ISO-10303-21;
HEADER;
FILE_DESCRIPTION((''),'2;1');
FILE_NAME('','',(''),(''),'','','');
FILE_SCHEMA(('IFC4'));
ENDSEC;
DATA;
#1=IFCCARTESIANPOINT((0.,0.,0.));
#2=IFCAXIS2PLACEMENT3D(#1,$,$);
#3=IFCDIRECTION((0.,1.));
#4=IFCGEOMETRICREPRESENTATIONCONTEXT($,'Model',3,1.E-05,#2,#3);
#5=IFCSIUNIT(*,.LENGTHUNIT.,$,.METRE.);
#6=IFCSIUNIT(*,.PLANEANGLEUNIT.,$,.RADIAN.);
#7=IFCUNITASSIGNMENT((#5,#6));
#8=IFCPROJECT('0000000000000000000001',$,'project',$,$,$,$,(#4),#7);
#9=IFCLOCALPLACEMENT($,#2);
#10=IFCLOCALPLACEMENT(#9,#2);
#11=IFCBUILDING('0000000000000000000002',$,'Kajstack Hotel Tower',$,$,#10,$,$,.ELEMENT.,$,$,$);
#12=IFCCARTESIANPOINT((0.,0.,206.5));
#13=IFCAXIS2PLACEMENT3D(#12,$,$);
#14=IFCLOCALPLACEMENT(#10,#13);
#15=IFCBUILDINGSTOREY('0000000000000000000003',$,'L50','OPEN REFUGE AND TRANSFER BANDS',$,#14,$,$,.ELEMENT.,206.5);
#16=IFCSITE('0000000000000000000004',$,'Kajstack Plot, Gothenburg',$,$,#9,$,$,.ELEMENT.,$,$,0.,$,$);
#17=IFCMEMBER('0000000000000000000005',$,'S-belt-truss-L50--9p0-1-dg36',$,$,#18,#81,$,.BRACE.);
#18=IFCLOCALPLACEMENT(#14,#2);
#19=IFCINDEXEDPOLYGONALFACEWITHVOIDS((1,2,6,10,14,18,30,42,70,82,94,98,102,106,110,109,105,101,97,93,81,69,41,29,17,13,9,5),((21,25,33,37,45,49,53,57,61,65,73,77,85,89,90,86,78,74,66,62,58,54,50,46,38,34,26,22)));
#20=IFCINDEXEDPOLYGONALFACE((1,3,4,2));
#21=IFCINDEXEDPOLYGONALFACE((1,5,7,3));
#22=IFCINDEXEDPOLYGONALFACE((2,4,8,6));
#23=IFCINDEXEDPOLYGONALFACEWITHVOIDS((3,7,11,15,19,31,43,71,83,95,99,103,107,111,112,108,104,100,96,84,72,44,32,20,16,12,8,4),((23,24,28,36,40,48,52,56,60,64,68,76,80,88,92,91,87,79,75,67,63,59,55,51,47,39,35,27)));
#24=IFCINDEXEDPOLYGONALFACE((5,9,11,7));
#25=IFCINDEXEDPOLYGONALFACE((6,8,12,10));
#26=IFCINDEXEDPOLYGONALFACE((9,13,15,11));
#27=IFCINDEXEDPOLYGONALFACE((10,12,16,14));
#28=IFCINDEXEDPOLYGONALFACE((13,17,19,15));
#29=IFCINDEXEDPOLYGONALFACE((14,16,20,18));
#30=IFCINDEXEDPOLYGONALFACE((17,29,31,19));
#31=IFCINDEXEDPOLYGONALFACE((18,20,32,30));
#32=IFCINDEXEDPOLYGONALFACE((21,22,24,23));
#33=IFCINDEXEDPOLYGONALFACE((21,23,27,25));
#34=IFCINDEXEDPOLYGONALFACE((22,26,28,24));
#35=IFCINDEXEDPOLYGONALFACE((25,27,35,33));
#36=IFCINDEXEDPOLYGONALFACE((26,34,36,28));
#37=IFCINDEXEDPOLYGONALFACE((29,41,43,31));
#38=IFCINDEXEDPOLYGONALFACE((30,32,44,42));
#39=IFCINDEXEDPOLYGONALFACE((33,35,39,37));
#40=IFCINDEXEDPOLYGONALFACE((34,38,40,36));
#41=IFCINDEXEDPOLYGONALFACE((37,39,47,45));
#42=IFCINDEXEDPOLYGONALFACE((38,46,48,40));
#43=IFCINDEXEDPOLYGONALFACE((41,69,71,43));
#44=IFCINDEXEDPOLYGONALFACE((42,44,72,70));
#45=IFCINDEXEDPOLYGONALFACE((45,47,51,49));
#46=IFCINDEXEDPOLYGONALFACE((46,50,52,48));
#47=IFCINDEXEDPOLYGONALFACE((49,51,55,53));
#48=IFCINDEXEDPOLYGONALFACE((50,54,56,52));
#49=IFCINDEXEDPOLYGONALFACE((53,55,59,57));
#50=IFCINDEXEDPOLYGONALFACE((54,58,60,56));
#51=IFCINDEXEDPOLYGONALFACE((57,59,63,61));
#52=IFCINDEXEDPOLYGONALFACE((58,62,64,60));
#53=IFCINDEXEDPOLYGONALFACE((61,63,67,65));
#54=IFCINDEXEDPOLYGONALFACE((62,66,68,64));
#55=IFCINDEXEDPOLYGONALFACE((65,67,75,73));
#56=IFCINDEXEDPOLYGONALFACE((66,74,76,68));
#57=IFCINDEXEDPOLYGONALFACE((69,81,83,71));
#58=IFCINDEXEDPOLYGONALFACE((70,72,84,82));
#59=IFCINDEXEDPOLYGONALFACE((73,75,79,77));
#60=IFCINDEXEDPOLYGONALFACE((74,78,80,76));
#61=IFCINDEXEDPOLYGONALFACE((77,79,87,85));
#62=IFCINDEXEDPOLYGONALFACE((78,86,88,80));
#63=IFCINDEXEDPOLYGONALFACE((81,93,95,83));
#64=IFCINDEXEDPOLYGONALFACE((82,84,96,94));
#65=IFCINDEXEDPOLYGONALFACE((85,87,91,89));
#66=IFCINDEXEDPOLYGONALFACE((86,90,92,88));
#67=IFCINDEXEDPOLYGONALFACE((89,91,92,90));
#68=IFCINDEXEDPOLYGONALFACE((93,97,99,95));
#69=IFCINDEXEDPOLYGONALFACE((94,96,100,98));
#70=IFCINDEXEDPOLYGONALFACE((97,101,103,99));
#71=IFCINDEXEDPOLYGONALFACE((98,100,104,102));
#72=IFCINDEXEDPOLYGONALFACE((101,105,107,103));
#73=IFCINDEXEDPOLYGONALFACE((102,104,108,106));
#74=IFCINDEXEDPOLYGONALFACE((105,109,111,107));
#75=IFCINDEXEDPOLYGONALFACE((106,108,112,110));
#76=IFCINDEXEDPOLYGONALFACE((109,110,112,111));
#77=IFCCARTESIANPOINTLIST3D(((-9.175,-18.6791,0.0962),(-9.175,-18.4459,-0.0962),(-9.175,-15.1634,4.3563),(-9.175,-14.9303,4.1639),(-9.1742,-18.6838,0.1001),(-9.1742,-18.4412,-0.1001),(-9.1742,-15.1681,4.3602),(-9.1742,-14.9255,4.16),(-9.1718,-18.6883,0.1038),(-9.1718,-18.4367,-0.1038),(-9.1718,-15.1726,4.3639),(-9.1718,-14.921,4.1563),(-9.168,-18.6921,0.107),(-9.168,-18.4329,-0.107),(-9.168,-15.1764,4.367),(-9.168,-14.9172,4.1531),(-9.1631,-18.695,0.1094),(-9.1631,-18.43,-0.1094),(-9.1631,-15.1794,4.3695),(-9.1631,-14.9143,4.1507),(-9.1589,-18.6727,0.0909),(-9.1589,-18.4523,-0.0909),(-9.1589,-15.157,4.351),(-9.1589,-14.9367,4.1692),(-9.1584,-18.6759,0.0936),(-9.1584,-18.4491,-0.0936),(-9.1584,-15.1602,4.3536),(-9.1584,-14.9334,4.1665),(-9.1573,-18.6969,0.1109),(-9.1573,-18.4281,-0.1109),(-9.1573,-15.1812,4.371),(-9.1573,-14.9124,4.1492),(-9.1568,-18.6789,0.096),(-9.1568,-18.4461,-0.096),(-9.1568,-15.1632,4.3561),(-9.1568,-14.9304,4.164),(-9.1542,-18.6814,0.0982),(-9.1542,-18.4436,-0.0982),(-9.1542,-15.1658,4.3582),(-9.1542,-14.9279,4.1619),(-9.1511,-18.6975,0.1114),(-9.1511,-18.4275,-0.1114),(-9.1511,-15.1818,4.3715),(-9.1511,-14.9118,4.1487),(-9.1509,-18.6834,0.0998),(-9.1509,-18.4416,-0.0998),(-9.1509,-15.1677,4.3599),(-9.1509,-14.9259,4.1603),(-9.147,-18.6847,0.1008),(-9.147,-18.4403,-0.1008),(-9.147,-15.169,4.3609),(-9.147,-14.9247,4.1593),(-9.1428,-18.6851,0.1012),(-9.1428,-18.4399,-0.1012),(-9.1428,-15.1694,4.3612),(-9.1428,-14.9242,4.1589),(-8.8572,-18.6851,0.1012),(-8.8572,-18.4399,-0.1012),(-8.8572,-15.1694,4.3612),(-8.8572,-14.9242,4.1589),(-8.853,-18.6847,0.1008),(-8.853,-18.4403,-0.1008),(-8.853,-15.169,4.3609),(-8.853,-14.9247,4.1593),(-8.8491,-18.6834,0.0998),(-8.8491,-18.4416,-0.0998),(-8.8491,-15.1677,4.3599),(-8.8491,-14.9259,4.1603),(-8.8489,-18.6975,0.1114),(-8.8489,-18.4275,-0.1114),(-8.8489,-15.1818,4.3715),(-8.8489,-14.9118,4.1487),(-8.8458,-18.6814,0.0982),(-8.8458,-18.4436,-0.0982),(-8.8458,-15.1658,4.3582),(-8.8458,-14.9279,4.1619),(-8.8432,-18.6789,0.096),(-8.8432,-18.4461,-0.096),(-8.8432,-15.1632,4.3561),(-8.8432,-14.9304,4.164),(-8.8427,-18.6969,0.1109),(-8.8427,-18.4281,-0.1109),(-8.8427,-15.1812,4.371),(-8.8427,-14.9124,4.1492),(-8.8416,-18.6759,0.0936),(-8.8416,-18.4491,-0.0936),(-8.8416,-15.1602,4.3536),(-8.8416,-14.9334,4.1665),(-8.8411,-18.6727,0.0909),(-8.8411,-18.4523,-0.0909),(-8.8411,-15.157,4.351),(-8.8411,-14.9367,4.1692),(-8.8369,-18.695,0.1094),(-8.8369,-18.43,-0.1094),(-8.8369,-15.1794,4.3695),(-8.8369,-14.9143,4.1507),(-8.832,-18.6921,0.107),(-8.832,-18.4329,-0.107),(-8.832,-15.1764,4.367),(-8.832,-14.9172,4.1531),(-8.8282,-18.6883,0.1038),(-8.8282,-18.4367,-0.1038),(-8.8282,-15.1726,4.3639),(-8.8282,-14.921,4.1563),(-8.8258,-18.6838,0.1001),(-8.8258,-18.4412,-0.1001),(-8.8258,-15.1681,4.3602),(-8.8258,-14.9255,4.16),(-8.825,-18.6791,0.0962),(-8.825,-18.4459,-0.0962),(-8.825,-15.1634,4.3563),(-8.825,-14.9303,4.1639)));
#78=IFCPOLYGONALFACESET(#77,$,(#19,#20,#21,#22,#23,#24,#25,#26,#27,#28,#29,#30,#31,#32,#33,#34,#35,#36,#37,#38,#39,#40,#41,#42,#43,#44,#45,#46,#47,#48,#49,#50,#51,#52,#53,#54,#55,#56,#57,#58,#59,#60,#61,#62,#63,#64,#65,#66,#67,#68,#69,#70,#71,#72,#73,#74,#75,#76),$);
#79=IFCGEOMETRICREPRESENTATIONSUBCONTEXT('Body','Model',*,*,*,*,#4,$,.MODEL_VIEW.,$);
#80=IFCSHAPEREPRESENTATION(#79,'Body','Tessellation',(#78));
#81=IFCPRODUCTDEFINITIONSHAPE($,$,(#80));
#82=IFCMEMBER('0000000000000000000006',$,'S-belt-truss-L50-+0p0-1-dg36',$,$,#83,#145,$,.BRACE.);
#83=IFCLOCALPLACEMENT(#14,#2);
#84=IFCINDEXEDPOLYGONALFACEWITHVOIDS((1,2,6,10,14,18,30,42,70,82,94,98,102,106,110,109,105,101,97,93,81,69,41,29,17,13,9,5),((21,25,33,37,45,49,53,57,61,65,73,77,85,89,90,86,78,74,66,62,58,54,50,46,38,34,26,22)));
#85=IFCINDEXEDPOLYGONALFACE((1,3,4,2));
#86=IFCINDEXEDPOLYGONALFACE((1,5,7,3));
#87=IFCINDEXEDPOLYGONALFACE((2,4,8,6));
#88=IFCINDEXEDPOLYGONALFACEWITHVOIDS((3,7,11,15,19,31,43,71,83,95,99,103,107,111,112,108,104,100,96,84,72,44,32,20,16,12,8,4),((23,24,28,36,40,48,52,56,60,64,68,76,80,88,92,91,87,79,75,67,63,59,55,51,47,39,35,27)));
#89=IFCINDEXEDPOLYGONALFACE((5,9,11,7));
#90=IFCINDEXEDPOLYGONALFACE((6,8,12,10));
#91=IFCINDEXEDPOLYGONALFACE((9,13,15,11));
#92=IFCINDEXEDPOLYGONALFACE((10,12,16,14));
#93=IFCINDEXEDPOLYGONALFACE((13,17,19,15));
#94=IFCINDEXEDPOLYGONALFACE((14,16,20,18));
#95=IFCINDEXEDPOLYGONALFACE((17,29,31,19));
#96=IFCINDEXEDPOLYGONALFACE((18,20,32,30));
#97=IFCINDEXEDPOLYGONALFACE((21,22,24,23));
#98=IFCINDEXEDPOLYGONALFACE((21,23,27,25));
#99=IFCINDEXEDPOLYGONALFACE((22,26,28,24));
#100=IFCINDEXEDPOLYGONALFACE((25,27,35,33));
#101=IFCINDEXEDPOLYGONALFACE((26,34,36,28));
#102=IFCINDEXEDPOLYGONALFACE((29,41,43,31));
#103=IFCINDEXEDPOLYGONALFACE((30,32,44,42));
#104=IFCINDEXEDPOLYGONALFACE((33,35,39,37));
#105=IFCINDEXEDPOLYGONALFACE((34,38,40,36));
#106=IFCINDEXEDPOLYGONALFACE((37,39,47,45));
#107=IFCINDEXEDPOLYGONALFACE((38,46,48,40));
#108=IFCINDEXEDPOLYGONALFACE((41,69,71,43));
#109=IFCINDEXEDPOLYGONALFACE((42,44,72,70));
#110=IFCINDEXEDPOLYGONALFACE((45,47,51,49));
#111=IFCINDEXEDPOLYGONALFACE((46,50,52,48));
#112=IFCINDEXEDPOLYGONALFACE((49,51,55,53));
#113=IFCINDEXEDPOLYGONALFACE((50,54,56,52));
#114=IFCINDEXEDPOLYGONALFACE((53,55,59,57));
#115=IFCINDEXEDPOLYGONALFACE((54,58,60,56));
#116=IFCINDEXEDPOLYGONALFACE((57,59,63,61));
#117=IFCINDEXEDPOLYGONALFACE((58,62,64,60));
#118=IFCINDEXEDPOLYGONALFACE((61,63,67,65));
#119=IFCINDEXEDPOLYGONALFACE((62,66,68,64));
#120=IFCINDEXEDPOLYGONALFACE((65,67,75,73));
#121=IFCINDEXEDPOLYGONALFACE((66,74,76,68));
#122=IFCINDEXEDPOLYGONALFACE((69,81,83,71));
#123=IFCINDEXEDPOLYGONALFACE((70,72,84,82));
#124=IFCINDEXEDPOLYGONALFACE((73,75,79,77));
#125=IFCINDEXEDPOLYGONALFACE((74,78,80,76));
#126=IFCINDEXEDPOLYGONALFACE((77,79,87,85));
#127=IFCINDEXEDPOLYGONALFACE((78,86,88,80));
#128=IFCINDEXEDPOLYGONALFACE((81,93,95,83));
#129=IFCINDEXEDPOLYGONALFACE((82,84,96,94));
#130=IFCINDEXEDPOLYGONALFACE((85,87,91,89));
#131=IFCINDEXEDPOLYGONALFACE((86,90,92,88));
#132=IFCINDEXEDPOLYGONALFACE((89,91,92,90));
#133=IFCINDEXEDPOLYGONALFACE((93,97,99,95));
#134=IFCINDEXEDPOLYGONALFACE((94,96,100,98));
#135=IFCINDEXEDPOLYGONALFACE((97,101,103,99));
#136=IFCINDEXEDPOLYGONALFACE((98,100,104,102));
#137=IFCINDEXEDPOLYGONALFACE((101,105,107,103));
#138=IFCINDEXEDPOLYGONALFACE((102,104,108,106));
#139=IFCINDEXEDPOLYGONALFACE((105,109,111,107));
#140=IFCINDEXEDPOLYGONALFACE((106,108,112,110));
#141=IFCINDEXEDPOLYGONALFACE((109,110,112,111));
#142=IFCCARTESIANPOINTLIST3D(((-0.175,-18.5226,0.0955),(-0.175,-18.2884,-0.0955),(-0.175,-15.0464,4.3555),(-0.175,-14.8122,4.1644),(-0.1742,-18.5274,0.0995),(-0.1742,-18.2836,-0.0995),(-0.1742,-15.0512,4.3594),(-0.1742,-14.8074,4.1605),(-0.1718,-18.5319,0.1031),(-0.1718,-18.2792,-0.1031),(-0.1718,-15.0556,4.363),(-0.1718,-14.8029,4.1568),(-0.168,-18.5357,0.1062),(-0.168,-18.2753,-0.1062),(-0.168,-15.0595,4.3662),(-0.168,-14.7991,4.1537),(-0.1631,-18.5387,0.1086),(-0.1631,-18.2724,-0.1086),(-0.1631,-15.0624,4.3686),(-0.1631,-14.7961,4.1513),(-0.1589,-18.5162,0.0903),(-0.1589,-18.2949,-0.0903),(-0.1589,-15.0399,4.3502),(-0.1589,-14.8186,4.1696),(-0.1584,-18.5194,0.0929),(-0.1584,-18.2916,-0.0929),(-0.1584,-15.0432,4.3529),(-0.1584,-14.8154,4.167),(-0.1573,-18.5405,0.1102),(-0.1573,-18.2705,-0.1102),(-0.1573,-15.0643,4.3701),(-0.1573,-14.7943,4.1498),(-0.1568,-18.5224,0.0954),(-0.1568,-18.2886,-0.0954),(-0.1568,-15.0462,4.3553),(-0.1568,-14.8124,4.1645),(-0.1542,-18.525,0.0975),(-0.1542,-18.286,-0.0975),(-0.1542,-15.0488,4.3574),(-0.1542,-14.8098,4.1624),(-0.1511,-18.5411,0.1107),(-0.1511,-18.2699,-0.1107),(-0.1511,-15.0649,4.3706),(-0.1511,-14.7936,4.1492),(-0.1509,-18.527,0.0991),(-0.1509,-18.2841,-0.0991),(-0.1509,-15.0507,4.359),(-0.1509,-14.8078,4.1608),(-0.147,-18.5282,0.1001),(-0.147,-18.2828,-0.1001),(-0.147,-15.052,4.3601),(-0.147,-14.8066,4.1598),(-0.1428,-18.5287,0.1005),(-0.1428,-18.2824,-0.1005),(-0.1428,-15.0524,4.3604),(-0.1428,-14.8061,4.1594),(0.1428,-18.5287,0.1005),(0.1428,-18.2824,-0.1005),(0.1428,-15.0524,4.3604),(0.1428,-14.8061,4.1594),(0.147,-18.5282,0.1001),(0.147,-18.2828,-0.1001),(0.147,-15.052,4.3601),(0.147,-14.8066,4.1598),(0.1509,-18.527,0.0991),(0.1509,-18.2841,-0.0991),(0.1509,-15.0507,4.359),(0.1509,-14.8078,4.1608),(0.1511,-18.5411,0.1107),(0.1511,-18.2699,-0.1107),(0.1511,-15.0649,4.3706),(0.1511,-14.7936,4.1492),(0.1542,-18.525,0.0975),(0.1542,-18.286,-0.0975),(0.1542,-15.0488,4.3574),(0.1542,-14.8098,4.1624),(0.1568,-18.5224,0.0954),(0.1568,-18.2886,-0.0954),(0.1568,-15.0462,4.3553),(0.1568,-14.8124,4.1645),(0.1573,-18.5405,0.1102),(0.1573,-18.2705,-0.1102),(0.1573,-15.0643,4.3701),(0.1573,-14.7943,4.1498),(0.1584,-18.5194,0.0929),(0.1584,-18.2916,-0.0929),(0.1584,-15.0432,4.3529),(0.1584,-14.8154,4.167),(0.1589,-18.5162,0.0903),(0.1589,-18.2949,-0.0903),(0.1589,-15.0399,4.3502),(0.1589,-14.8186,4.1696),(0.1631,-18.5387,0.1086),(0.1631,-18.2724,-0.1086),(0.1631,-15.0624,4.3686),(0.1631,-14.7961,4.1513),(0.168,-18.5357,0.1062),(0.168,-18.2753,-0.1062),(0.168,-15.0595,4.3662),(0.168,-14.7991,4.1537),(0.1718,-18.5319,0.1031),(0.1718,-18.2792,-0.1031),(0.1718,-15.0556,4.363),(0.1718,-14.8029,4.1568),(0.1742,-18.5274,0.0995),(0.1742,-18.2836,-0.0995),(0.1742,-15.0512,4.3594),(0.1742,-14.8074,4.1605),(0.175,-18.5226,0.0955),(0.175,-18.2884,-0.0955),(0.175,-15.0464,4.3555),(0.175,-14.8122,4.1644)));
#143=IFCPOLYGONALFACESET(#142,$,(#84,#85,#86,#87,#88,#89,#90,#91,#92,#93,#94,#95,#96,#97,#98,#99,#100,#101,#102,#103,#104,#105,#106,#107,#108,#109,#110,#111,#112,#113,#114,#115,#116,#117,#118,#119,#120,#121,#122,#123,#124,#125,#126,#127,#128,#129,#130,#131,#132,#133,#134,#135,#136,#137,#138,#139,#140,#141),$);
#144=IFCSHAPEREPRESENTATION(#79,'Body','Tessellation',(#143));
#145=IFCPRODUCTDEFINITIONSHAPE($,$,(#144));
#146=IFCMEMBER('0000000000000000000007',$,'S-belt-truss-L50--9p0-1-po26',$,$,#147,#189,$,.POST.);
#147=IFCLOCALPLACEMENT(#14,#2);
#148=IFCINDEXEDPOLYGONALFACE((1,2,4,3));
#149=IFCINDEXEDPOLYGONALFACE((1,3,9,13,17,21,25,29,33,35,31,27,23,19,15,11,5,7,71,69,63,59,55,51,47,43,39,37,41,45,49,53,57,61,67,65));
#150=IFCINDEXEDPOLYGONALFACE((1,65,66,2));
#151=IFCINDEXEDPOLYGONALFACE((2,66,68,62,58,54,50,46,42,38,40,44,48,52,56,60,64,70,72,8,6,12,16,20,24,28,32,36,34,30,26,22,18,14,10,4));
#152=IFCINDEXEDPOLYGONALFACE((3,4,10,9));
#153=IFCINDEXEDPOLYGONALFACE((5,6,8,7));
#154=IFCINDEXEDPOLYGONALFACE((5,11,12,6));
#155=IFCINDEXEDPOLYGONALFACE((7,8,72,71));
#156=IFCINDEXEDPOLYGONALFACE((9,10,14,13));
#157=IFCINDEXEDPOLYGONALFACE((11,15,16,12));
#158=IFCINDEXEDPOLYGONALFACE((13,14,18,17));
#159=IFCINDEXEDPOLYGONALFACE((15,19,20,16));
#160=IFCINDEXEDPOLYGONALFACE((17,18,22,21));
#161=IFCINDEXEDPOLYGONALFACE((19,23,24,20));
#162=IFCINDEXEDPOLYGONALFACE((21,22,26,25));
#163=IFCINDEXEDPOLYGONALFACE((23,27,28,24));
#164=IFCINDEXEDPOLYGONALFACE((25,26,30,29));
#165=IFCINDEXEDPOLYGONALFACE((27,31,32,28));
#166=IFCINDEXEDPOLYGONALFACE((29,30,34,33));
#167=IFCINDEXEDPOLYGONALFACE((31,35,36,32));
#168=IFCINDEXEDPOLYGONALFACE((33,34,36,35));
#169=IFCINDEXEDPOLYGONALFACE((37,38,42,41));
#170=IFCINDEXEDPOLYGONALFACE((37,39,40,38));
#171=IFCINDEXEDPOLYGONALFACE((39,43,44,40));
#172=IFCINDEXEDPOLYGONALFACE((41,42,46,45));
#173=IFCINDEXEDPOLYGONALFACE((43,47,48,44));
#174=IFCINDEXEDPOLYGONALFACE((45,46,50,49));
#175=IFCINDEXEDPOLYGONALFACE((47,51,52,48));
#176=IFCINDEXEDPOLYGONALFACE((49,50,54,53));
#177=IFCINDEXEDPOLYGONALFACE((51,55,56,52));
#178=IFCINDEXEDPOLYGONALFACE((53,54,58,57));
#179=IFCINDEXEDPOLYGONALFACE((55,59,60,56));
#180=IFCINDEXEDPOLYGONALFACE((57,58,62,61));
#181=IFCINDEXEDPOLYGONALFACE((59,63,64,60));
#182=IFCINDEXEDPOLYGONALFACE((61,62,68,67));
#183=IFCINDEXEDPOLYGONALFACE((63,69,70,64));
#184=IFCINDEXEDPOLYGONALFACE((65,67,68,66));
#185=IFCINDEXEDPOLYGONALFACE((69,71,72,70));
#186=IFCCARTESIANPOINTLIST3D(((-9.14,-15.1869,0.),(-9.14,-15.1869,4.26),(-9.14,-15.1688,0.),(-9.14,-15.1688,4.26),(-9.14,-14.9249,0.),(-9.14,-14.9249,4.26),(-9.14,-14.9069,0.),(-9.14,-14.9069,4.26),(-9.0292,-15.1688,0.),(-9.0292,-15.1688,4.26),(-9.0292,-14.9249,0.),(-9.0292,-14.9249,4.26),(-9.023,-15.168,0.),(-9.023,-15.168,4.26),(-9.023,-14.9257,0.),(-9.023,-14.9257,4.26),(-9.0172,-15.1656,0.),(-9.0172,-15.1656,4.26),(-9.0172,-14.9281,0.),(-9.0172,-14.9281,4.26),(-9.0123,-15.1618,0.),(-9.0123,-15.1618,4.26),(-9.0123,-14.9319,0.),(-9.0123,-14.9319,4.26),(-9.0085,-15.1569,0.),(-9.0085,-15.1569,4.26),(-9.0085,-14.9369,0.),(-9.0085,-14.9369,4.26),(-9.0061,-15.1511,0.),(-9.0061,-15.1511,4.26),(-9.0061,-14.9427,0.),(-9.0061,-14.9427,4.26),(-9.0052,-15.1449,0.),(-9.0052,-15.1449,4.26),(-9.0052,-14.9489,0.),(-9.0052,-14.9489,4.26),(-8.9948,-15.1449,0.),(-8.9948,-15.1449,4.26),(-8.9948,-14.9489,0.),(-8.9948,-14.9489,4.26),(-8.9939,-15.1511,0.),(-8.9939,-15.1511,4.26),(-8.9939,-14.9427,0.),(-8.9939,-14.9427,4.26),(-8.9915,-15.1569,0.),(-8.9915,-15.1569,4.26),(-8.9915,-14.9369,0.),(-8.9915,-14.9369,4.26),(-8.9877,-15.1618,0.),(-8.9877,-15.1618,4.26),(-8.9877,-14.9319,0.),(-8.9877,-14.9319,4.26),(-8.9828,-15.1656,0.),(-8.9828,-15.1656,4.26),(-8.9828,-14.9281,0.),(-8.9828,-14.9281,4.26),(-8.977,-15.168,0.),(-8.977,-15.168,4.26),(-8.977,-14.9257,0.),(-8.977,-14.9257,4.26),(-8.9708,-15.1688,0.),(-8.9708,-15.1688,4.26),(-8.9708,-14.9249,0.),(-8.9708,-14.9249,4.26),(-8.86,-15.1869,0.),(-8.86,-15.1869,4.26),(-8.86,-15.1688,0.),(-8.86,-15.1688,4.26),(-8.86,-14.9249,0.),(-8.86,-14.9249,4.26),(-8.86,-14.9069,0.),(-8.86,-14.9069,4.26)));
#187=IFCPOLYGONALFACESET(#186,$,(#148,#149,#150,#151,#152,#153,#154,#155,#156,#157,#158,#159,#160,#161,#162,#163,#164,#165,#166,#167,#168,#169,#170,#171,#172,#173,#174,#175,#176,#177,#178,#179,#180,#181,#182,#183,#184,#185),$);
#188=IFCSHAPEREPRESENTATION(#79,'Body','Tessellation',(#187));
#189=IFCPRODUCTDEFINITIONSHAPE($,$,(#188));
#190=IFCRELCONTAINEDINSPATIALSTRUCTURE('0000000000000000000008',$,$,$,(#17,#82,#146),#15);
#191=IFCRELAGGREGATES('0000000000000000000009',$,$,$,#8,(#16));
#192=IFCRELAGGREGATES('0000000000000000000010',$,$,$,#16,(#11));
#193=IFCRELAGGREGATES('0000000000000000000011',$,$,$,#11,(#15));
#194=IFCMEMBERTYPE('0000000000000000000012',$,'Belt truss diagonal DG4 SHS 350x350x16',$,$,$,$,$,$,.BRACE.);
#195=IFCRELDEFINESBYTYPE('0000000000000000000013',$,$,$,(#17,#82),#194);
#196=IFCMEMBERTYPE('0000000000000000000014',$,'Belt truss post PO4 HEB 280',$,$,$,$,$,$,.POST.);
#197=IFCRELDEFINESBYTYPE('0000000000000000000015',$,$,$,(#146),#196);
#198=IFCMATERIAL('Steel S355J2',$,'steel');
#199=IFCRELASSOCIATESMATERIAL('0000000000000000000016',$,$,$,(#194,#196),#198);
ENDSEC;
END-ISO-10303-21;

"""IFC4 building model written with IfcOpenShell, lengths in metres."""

from ifc_helpers import new_model, si_unit, direction, frame, origin, origin_2d, place, context, subcontext, project, spatial, hollow_rectangle, i_section, extrude, material, material_profile, profile_set, type_object, element, save


model = new_model("IFC4")

# Units and contexts
model_context = context("Model", 3, precision=1e-05, world=origin(), true_north=direction((0.0, 1.0)))
body_context = subcontext(model_context, "Body", "Model", "MODEL_VIEW")
ifc_project = project(units=[si_unit("LENGTHUNIT", "METRE"), si_unit("PLANEANGLEUNIT", "RADIAN")], contexts=[model_context])

# Site, building, storey
site_placement = place(None, origin())
site = spatial("IfcSite", under=ifc_project, at=site_placement, Name="Kajstack Plot, Gothenburg", CompositionType="ELEMENT", RefElevation=0.0)
building_placement = place(site_placement, origin())
building = spatial("IfcBuilding", under=site, at=building_placement, Name="Kajstack Hotel Tower", CompositionType="ELEMENT")
storey_placement = place(building_placement, frame((0.0, 0.0, 206.5)))
storey = spatial("IfcBuildingStorey", under=building, at=storey_placement, Name="L50", Description="OPEN REFUGE AND TRANSFER BANDS", CompositionType="ELEMENT", Elevation=206.5)

# Members
ifc_material_1 = material(Name="Steel S355J2", Category="steel")
ifc_material_profile_1 = material_profile(ifc_material_1, hollow_rectangle(XDim=0.3501, YDim=0.3501, WallThickness=0.0161, InnerFilletRadius=0.0161, OuterFilletRadius=0.0239, at=origin_2d()), Name="SHS 350x350x16")
ifc_profile_set_1 = profile_set([ifc_material_profile_1], Name="Steel S355J2")
member_type_1 = type_object("IfcMemberType", Name="Belt truss diagonal DG4 SHS 350x350x16", PredefinedType="BRACE", material=ifc_profile_set_1)
member_1_placement = place(storey_placement, frame((-9.0, -18.5625, 0.0), z_axis=(0.0, 0.636503, 0.771274), x_axis=(-1.0, 0.0, 0.0)))
element("IfcMember", 1, at=member_1_placement, inside=storey, type_object=member_type_1, Name="S-belt-truss-L50--9p0-1-dg36", PredefinedType="BRACE", context=body_context, shape_type="SweptSolid", body=[
    extrude(hollow_rectangle(XDim=0.3501, YDim=0.3501, WallThickness=0.0161, InnerFilletRadius=0.0161, OuterFilletRadius=0.0239, at=origin_2d()), origin(), (0.0, 0.0, 1.0), 5.5234),
])
member_2_placement = place(storey_placement, frame((0.0, -18.4055, 0.0), z_axis=(0.0, 0.632241, 0.774772), x_axis=(-1.0, 0.0, 0.0)))
element("IfcMember", 2, at=member_2_placement, inside=storey, type_object=member_type_1, Name="S-belt-truss-L50-+0p0-1-dg36", PredefinedType="BRACE", context=body_context, shape_type="SweptSolid", body=[
    extrude(hollow_rectangle(XDim=0.3501, YDim=0.3501, WallThickness=0.0161, InnerFilletRadius=0.0161, OuterFilletRadius=0.0239, at=origin_2d()), origin(), (0.0, 0.0, 1.0), 5.4983),
])
ifc_material_profile_2 = material_profile(ifc_material_1, i_section(OverallWidth=0.28, OverallDepth=0.28, WebThickness=0.0105, FlangeThickness=0.0181, FilletRadius=0.0239, at=origin_2d()), Name="HEB 280")
ifc_profile_set_2 = profile_set([ifc_material_profile_2], Name="Steel S355J2")
member_type_2 = type_object("IfcMemberType", Name="Belt truss post PO4 HEB 280", PredefinedType="POST", material=ifc_profile_set_2)
for number, where, z_axis, x_axis, name in (
    (3, (-9.0, -15.0469, 0.0), (0.0, 0.0, 1.0), (1.0, 0.0, 0.0), "S-belt-truss-L50--9p0-1-po26"),
):
    element("IfcMember", number, at=place(storey_placement, frame(where, z_axis=z_axis, x_axis=x_axis)), inside=storey, type_object=member_type_2, Name=name, PredefinedType="POST", context=body_context, shape_type="SweptSolid", body=[
        extrude(i_section(OverallWidth=0.28, OverallDepth=0.28, WebThickness=0.0105, FlangeThickness=0.0181, FilletRadius=0.0239, at=origin_2d()), origin(), (0.0, 0.0, 1.0), 4.26),
    ])

save(model, "model.ifc")
